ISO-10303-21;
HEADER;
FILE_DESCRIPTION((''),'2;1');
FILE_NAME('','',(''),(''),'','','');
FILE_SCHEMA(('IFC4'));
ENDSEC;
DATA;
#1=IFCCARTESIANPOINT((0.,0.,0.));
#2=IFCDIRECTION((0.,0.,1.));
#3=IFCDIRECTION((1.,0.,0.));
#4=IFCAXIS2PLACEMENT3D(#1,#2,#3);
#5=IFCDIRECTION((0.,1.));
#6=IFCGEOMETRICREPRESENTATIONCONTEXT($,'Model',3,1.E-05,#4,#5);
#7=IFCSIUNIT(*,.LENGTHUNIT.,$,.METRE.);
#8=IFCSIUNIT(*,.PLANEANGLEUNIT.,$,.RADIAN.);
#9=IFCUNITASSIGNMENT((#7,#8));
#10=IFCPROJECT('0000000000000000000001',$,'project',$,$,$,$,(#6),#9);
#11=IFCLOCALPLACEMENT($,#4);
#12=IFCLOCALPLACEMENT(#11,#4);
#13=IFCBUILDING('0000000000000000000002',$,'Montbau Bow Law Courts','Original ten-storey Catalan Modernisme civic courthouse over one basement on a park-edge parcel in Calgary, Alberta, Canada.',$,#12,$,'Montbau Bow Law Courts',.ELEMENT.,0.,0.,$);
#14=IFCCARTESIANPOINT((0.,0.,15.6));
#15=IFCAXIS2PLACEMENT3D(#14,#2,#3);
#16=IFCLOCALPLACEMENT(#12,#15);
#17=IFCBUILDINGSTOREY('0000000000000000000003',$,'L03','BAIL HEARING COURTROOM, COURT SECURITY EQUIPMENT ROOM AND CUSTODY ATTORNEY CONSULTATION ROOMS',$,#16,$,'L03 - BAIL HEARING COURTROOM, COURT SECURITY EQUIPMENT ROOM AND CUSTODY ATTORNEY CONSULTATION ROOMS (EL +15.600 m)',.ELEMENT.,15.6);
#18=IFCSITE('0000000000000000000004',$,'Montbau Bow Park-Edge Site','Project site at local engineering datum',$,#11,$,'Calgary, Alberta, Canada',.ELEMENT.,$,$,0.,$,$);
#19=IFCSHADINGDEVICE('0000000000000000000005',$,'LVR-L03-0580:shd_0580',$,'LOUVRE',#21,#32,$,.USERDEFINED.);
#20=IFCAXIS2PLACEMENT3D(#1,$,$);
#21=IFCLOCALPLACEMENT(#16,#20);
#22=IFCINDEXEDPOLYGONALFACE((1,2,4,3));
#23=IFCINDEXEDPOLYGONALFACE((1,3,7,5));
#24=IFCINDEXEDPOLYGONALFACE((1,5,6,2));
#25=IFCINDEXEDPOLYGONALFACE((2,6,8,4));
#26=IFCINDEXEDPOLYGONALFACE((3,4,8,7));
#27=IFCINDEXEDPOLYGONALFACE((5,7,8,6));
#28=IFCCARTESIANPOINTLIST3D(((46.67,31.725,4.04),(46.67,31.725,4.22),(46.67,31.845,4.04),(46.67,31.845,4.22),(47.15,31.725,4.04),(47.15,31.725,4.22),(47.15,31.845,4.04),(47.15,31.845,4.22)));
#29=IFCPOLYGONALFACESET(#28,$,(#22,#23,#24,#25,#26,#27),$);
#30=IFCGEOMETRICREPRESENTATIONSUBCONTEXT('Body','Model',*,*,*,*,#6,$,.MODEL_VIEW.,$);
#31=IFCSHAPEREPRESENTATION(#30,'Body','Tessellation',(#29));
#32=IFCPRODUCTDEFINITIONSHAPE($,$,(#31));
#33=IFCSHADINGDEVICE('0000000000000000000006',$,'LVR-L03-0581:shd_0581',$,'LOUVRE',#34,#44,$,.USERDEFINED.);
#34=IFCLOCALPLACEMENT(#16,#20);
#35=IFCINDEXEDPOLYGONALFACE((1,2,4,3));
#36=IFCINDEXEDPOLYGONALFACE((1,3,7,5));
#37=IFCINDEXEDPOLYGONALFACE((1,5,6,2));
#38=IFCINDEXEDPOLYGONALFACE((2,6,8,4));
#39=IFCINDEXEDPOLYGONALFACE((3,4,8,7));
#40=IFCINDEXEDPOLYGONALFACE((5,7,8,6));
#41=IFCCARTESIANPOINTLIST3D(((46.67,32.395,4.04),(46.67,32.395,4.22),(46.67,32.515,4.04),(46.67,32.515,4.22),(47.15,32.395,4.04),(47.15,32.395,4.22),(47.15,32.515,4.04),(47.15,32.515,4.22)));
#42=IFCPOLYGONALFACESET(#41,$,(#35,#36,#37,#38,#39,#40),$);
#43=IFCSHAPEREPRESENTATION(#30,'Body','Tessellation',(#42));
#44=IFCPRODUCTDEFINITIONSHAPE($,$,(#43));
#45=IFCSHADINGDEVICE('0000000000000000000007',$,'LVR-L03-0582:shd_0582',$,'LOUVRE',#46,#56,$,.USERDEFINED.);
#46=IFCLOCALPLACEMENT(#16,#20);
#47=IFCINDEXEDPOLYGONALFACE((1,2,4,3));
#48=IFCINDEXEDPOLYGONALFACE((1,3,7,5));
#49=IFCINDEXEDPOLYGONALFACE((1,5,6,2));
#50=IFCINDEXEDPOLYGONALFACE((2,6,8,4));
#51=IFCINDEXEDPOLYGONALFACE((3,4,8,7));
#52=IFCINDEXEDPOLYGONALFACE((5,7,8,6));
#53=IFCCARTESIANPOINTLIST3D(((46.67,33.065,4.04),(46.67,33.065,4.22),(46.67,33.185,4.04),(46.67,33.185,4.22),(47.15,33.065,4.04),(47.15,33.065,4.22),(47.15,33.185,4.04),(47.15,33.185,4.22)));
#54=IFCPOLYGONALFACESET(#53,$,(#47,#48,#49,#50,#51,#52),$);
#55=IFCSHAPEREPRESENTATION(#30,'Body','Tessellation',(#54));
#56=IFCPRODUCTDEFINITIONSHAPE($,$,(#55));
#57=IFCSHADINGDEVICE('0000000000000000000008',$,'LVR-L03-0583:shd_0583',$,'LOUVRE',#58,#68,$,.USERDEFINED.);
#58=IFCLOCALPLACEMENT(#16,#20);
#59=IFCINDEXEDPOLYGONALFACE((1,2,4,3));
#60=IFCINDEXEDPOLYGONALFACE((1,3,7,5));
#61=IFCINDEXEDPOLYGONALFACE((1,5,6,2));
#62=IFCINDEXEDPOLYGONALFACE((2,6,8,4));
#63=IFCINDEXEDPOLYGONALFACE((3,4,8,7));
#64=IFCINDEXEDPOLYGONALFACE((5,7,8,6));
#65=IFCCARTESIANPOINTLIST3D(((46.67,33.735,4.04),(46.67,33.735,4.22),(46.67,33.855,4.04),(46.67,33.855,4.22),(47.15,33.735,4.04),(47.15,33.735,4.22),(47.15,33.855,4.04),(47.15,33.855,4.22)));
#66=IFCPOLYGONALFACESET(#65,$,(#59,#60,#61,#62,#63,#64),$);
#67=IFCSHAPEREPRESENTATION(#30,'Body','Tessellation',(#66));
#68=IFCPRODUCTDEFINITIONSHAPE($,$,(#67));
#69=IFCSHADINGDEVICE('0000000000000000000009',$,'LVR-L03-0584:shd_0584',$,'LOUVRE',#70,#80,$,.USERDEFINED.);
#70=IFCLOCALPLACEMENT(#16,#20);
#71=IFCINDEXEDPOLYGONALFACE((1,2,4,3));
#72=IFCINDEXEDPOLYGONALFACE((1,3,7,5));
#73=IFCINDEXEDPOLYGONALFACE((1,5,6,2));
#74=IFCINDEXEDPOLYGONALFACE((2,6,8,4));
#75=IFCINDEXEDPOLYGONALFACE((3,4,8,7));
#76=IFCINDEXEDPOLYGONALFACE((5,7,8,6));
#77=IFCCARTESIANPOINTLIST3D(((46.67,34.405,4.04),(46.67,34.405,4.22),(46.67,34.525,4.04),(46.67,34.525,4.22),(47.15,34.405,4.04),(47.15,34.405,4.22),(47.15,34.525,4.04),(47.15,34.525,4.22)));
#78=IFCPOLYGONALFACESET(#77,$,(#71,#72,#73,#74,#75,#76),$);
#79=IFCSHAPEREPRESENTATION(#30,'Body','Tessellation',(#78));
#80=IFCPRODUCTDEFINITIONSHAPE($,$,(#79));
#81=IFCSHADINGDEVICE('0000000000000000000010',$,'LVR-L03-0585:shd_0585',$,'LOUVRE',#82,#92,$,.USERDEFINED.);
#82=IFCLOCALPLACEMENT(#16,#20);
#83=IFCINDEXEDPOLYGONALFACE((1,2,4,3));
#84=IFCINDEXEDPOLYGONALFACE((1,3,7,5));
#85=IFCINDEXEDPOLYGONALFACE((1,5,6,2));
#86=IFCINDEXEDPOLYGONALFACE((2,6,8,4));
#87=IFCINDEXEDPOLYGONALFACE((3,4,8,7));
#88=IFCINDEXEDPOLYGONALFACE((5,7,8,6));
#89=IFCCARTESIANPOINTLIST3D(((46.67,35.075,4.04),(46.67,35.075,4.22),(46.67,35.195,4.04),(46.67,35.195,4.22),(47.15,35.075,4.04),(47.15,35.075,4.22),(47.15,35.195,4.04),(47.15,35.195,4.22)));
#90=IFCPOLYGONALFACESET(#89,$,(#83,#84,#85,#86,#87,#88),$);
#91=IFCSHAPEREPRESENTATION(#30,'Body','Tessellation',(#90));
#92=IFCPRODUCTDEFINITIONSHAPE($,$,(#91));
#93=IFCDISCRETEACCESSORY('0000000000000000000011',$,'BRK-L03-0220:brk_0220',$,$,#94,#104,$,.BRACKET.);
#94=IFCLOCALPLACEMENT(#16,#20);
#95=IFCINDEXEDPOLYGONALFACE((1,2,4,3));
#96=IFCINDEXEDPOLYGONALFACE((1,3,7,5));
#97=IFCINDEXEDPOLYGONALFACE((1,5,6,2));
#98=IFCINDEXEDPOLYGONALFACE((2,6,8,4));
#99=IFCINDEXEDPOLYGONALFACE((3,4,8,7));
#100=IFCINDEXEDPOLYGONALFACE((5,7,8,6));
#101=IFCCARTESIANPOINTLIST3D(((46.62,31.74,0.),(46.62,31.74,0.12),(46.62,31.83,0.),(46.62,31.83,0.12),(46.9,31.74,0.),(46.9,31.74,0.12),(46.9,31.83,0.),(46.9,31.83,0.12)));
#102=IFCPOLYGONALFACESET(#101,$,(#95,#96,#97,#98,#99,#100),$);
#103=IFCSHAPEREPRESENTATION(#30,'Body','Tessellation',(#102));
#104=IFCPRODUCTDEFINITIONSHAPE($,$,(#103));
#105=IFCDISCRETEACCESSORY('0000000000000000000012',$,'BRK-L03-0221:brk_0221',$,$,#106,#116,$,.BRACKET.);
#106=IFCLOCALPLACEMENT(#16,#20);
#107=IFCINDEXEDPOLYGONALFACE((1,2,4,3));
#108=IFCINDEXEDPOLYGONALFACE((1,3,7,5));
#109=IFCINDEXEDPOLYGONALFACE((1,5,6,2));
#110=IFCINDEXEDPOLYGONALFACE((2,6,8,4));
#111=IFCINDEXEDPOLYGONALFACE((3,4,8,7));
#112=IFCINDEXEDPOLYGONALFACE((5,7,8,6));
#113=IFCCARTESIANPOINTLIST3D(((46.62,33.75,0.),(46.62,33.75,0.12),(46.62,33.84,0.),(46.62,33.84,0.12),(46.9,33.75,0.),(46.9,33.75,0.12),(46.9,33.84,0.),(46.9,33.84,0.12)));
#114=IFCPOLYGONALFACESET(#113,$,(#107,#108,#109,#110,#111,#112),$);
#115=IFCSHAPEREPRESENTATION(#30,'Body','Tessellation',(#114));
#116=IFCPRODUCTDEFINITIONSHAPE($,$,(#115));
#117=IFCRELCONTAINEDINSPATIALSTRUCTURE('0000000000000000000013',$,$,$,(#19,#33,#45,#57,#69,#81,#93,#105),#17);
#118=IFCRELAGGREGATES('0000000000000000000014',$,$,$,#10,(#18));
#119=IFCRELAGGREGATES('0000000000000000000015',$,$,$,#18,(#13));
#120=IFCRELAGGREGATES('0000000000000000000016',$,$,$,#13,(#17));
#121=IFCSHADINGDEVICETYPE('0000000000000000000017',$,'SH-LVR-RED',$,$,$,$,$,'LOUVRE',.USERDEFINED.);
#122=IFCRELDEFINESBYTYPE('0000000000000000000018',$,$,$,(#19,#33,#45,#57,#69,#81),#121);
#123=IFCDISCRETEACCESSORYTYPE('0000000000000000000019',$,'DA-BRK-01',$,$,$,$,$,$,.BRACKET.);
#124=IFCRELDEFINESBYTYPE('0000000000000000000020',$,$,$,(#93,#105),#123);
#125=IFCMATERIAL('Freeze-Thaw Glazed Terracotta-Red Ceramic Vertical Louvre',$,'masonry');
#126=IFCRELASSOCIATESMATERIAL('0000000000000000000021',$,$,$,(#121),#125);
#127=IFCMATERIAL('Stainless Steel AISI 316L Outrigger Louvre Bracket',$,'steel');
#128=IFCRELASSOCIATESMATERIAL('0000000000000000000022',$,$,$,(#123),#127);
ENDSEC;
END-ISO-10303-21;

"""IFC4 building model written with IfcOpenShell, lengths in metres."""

from ifc_helpers import new_model, si_unit, direction, frame, origin_with_axes, origin_2d_with_axis, place, context, subcontext, project, spatial, rectangle, extrude, material, type_object, element, save


model = new_model("IFC4")

# Units and contexts
model_context = context("Model", 3, precision=1e-05, world=origin_with_axes(), true_north=direction((0.0, 1.0)))
body_context = subcontext(model_context, "Body", "Model", "MODEL_VIEW")
ifc_project = project(units=[si_unit("LENGTHUNIT", "METRE"), si_unit("PLANEANGLEUNIT", "RADIAN")], contexts=[model_context])

# Site, building, storey
site_placement = place(None, origin_with_axes())
site = spatial("IfcSite", under=ifc_project, at=site_placement, Name="Montbau Bow Park-Edge Site", Description="Project site at local engineering datum", LongName="Calgary, Alberta, Canada", CompositionType="ELEMENT", RefElevation=0.0)
building_placement = place(site_placement, origin_with_axes())
building = spatial("IfcBuilding", under=site, at=building_placement, Name="Montbau Bow Law Courts", Description="Original ten-storey Catalan Modernisme civic courthouse over one basement on a park-edge parcel in Calgary, Alberta, Canada.", LongName="Montbau Bow Law Courts", CompositionType="ELEMENT", ElevationOfRefHeight=0.0, ElevationOfTerrain=0.0)
storey_placement = place(building_placement, frame((0.0, 0.0, 15.6), z_axis=(0.0, 0.0, 1.0), x_axis=(1.0, 0.0, 0.0)))
storey = spatial("IfcBuildingStorey", under=building, at=storey_placement, Name="L03", Description="BAIL HEARING COURTROOM, COURT SECURITY EQUIPMENT ROOM AND CUSTODY ATTORNEY CONSULTATION ROOMS", LongName="L03 - BAIL HEARING COURTROOM, COURT SECURITY EQUIPMENT ROOM AND CUSTODY ATTORNEY CONSULTATION ROOMS (EL +15.600 m)", CompositionType="ELEMENT", Elevation=15.6)

# Shared definitions
ifc_material_1 = material(Name="Freeze-Thaw Glazed Terracotta-Red Ceramic Vertical Louvre", Category="masonry")

# Shading devices
shading_device_type = type_object("IfcShadingDeviceType", Name="SH-LVR-RED", ElementType="LOUVRE", PredefinedType="USERDEFINED", material=ifc_material_1)
for number, where, z_axis, x_axis, name in (
    (1, (46.91, 31.785, 19.64), (0.0, 0.0, 1.0), (1.0, 0.0, 0.0), "LVR-L03-0580:shd_0580"),
    (2, (46.91, 32.455, 19.64), (0.0, 0.0, 1.0), (1.0, 0.0, 0.0), "LVR-L03-0581:shd_0581"),
    (3, (46.91, 33.125, 19.64), (0.0, 0.0, 1.0), (1.0, 0.0, 0.0), "LVR-L03-0582:shd_0582"),
    (4, (46.91, 33.795, 19.64), (0.0, 0.0, 1.0), (1.0, 0.0, 0.0), "LVR-L03-0583:shd_0583"),
    (5, (46.91, 34.465, 19.64), (0.0, 0.0, 1.0), (1.0, 0.0, 0.0), "LVR-L03-0584:shd_0584"),
    (6, (46.91, 35.135, 19.64), (0.0, 0.0, 1.0), (1.0, 0.0, 0.0), "LVR-L03-0585:shd_0585"),
):
    element("IfcShadingDevice", number, at=place(None, frame(where, z_axis=z_axis, x_axis=x_axis)), inside=storey, type_object=shading_device_type, Name=name, ObjectType="LOUVRE", PredefinedType="USERDEFINED", context=body_context, shape_type="SweptSolid", body=[
        extrude(rectangle(XDim=0.48, YDim=0.12, at=origin_2d_with_axis()), origin_with_axes(), (0.0, 0.0, 1.0), 0.18),
    ])

# Discrete accessories
ifc_material_2 = material(Name="Stainless Steel AISI 316L Outrigger Louvre Bracket", Category="steel")
discrete_accessory_type = type_object("IfcDiscreteAccessoryType", Name="DA-BRK-01", PredefinedType="BRACKET", material=ifc_material_2)
for number, where, z_axis, x_axis, name in (
    (7, (46.76, 31.785, 15.6), (0.0, 0.0, 1.0), (1.0, 0.0, 0.0), "BRK-L03-0220:brk_0220"),
    (8, (46.76, 33.795, 15.6), (0.0, 0.0, 1.0), (1.0, 0.0, 0.0), "BRK-L03-0221:brk_0221"),
):
    element("IfcDiscreteAccessory", number, at=place(None, frame(where, z_axis=z_axis, x_axis=x_axis)), inside=storey, type_object=discrete_accessory_type, Name=name, PredefinedType="BRACKET", context=body_context, shape_type="SweptSolid", body=[
        extrude(rectangle(XDim=0.28, YDim=0.09, at=origin_2d_with_axis()), origin_with_axes(), (0.0, 0.0, 1.0), 0.12),
    ])

save(model, "model.ifc")
